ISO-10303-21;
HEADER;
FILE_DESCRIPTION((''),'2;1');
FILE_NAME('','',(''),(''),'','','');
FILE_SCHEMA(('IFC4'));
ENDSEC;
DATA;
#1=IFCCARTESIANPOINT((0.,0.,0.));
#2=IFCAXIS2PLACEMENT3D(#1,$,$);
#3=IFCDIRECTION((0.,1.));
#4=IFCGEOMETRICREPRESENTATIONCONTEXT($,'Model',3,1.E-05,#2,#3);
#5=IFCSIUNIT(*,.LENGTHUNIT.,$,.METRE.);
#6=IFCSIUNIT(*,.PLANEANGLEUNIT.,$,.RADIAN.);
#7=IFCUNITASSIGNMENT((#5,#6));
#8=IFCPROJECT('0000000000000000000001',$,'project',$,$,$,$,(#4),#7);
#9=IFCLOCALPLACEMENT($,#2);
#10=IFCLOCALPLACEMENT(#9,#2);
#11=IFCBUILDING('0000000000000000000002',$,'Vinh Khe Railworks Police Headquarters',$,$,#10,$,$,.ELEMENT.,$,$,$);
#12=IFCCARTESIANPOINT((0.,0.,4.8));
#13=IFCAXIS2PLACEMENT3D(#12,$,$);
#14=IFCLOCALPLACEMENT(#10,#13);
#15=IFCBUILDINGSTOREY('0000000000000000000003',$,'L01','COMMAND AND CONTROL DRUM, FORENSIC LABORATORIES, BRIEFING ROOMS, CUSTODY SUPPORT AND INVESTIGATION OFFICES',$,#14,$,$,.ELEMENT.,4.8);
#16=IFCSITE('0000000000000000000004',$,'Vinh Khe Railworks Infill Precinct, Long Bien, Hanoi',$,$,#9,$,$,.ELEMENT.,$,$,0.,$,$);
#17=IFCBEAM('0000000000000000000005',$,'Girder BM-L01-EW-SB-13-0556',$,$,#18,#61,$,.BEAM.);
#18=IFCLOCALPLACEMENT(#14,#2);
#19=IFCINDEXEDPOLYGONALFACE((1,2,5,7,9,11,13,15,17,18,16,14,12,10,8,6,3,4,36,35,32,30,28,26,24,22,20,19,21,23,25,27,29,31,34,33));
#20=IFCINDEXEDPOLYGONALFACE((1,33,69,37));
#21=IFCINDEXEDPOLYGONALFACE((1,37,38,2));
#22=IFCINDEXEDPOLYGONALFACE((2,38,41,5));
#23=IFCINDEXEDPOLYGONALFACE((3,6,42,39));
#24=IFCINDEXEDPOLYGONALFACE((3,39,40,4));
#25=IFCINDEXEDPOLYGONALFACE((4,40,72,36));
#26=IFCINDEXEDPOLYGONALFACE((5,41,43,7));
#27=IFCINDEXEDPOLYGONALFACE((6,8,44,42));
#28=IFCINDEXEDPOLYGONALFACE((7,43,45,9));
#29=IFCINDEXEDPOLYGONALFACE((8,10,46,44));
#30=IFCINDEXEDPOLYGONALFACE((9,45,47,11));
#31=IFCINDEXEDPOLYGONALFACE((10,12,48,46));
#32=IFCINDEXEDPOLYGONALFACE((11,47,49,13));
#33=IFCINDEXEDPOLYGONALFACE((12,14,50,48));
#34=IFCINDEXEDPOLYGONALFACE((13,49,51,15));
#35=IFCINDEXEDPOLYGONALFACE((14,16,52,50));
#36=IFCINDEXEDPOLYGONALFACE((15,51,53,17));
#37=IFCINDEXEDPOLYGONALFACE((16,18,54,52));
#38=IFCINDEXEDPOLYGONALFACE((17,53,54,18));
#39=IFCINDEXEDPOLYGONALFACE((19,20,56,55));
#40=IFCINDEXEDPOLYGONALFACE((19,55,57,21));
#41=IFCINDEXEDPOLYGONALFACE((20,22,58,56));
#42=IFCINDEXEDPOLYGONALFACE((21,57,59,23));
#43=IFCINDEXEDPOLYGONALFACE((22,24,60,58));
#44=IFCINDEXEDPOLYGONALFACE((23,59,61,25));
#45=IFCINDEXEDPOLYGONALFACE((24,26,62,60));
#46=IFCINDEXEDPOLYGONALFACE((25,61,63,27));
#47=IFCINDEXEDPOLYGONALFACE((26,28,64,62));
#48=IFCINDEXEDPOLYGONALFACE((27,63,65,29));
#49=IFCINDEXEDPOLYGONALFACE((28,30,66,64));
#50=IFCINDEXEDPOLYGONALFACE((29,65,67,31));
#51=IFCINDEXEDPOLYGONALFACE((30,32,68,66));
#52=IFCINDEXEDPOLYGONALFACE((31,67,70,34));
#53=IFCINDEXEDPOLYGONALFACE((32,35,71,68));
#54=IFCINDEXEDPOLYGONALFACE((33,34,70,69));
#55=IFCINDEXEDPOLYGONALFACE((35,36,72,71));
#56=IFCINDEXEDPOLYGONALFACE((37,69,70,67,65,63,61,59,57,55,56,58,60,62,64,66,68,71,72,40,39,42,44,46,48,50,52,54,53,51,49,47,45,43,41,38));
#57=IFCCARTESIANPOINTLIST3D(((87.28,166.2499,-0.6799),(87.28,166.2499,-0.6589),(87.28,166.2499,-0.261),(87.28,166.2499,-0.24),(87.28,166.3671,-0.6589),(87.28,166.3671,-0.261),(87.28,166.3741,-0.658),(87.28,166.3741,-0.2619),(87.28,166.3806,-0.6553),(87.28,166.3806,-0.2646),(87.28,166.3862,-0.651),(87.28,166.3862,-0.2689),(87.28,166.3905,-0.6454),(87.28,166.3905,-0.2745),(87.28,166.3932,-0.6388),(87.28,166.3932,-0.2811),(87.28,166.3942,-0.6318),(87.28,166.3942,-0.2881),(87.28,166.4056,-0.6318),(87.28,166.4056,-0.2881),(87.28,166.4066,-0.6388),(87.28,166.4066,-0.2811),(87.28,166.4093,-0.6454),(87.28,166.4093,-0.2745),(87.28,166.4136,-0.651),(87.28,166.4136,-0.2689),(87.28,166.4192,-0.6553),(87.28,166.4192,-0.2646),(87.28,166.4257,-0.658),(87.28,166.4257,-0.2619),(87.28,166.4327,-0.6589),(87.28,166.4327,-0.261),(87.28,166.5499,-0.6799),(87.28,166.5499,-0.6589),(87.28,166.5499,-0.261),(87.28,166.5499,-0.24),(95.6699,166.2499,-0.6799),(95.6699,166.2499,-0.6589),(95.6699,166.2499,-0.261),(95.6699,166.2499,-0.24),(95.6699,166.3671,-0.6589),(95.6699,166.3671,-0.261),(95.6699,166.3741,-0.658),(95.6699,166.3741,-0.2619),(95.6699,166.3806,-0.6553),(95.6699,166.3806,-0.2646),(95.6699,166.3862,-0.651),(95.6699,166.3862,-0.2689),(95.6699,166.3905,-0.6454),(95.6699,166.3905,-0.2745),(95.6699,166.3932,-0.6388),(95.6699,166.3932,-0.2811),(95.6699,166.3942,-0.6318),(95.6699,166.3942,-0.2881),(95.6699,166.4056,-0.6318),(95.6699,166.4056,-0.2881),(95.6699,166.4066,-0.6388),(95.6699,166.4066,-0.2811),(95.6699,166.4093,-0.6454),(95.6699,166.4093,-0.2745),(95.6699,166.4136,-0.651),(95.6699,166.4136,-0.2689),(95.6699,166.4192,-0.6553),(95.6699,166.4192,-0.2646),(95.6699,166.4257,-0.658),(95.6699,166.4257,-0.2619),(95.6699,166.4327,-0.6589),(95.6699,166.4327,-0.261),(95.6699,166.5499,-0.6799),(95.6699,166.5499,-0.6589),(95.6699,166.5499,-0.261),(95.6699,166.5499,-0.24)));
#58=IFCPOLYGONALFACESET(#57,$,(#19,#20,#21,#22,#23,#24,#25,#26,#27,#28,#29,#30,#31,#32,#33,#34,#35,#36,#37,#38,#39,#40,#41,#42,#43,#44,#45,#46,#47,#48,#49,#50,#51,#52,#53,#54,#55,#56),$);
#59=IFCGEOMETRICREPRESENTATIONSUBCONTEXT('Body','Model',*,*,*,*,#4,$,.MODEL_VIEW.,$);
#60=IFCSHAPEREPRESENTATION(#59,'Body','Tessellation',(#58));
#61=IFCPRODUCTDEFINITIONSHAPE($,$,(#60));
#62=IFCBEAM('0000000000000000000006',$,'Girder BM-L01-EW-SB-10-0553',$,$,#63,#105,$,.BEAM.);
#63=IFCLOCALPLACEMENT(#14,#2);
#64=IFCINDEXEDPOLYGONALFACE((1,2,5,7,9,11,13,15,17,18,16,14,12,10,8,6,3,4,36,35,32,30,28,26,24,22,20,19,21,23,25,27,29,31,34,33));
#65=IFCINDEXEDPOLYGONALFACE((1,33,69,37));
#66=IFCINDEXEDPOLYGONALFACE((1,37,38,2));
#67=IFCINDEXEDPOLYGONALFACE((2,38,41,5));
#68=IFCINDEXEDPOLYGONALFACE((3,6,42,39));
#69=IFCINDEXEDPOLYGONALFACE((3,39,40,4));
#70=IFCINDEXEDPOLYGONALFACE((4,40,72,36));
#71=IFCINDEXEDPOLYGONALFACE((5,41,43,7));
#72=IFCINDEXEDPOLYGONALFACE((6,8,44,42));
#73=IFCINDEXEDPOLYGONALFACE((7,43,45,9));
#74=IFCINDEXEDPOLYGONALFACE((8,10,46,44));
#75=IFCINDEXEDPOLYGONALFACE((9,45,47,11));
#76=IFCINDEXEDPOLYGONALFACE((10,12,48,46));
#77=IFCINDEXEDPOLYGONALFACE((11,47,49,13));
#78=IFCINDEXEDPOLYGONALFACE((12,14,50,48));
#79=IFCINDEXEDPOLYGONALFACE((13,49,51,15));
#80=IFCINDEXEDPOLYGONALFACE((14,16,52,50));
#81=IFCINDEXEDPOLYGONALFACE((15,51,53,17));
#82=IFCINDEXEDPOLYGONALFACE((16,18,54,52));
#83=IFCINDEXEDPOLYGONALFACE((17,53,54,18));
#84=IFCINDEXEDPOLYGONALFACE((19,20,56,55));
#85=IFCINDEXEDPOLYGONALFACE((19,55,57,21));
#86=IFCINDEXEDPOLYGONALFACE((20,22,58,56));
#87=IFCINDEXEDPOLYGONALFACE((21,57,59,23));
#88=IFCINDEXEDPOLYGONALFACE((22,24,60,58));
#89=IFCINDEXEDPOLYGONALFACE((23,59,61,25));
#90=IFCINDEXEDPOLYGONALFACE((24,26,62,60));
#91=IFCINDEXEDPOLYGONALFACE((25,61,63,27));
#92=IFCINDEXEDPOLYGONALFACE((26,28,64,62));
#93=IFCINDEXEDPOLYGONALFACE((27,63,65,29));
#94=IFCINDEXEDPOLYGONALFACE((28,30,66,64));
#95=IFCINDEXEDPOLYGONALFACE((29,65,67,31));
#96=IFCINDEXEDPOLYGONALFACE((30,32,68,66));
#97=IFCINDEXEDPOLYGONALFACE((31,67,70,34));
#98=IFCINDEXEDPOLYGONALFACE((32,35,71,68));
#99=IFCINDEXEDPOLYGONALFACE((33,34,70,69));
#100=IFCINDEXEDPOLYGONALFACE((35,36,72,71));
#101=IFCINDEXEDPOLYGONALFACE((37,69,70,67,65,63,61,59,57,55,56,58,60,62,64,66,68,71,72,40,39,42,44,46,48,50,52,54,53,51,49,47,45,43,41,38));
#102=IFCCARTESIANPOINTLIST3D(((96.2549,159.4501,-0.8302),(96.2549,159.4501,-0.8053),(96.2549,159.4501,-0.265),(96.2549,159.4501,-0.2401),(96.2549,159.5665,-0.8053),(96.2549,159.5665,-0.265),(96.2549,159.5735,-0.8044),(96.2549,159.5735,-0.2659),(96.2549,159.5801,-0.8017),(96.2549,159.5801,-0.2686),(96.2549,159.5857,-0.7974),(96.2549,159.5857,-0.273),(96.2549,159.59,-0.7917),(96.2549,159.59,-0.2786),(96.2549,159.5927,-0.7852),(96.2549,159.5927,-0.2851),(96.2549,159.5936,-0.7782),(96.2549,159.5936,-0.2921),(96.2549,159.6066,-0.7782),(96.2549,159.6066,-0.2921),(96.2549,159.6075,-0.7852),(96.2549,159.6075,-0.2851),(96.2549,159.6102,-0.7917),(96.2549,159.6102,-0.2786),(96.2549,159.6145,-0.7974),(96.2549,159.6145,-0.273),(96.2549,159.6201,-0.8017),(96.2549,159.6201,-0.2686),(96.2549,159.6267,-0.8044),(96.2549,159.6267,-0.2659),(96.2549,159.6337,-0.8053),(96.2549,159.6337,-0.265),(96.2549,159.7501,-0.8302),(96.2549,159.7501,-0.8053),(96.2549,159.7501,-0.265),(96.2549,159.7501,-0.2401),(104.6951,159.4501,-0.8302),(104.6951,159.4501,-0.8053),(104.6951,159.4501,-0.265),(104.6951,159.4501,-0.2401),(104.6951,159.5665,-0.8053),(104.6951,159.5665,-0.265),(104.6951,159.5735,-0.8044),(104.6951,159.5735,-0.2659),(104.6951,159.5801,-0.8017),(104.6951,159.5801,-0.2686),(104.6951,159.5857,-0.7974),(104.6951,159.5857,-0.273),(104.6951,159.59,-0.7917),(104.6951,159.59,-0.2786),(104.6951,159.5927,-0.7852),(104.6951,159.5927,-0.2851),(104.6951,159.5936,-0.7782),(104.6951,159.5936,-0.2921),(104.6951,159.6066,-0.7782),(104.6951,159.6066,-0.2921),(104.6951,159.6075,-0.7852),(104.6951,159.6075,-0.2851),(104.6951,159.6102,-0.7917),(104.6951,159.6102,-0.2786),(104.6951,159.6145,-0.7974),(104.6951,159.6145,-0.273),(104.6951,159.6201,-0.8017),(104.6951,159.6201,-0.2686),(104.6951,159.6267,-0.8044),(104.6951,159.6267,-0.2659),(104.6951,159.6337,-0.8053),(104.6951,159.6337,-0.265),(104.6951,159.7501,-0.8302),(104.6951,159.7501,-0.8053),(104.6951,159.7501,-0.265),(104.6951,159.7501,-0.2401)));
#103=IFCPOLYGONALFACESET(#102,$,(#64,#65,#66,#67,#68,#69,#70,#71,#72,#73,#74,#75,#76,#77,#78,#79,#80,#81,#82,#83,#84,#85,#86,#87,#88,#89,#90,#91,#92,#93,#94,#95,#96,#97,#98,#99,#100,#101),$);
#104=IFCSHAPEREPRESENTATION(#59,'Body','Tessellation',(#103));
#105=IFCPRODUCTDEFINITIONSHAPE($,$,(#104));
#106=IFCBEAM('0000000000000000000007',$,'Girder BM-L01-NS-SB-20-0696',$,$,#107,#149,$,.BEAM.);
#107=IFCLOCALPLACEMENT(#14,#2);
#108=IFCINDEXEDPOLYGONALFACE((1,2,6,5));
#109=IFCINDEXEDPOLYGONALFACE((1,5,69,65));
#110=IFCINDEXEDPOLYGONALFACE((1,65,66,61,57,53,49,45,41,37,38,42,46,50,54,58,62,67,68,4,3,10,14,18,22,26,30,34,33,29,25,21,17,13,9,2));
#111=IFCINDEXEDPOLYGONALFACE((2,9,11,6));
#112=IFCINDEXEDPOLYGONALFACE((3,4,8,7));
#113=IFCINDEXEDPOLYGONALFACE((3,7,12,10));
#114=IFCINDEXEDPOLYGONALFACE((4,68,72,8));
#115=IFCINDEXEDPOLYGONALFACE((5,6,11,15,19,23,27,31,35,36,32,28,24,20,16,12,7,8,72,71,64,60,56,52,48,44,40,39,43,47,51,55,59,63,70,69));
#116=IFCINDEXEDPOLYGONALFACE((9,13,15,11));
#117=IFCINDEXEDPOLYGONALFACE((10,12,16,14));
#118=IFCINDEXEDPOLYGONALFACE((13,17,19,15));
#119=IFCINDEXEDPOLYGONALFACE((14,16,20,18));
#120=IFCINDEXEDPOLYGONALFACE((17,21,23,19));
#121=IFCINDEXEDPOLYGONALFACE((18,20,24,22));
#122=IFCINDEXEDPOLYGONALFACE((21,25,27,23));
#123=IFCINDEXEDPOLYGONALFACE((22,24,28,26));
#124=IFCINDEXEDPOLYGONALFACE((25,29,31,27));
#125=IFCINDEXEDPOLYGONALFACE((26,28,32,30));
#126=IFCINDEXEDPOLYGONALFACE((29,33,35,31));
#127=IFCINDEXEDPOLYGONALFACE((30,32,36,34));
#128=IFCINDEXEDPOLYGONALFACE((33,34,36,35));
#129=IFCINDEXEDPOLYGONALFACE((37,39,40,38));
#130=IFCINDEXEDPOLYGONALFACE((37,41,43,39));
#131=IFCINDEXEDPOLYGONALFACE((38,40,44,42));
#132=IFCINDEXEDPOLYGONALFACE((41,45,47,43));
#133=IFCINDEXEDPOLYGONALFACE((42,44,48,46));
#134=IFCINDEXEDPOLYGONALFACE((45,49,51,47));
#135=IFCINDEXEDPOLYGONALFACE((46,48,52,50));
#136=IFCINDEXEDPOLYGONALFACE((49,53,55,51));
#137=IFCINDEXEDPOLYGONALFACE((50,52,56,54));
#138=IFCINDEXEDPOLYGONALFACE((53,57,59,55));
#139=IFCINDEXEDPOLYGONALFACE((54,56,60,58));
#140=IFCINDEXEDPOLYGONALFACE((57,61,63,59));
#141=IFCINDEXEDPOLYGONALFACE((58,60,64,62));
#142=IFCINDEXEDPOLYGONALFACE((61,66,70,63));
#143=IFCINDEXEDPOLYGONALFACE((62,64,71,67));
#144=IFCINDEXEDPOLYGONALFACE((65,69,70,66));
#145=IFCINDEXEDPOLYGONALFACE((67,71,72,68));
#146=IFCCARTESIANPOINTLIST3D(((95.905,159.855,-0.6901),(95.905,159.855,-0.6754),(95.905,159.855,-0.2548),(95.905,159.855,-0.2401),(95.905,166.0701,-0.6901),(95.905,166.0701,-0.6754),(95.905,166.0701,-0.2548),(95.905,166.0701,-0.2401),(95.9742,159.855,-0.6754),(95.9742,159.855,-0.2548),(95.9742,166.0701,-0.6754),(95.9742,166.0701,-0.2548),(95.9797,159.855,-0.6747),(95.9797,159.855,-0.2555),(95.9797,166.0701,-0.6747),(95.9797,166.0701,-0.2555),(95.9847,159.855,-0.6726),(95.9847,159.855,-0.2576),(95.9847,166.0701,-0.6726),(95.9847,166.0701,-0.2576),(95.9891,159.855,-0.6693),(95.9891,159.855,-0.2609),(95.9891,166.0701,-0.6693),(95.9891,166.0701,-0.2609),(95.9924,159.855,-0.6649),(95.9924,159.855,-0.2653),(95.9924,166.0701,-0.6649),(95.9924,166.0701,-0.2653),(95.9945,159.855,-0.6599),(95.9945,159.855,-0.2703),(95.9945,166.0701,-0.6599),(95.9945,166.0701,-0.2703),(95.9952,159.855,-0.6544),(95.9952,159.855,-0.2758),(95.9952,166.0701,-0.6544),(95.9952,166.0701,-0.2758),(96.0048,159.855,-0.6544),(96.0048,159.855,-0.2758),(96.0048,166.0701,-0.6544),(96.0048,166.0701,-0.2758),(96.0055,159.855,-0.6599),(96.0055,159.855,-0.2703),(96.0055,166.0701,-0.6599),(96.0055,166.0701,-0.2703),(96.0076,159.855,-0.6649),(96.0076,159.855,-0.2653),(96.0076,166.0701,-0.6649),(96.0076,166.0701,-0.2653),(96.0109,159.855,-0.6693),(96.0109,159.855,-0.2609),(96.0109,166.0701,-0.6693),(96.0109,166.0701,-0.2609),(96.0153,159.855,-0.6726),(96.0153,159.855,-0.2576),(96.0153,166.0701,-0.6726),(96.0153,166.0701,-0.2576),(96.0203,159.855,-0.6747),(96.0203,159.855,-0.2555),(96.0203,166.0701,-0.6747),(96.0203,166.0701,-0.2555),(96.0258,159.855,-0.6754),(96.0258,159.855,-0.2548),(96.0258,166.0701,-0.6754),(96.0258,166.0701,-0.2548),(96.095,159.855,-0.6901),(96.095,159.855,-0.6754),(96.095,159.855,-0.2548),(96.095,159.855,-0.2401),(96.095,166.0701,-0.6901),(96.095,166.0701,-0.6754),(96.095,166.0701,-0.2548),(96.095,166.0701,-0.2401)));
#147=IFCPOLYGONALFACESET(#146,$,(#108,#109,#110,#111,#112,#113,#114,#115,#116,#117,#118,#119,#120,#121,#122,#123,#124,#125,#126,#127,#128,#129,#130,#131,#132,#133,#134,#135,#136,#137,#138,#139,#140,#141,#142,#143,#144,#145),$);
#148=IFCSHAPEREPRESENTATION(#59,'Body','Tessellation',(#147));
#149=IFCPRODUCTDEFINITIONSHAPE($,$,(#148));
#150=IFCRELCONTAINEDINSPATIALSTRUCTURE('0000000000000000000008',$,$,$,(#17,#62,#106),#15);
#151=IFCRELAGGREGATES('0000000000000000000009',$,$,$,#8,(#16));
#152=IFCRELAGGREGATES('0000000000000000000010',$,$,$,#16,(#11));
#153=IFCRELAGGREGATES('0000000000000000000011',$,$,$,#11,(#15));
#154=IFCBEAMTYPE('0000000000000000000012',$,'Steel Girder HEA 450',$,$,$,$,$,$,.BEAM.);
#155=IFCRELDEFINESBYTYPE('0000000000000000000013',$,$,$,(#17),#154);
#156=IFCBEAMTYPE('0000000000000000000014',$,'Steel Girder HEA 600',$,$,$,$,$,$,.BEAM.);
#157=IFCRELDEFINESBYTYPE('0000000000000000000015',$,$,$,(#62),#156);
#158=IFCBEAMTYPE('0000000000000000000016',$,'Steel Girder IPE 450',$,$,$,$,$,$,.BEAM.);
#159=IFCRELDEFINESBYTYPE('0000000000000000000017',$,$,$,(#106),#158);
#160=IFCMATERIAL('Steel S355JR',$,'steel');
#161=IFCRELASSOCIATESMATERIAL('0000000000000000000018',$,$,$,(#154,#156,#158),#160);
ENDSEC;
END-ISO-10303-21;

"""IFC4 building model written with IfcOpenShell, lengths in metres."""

from ifc_helpers import new_model, si_unit, direction, frame, origin, origin_2d, place, context, subcontext, project, spatial, i_section, extrude, material, material_profile, profile_set, type_object, element, save


model = new_model("IFC4")

# Units and contexts
model_context = context("Model", 3, precision=1e-05, world=origin(), true_north=direction((0.0, 1.0)))
body_context = subcontext(model_context, "Body", "Model", "MODEL_VIEW")
ifc_project = project(units=[si_unit("LENGTHUNIT", "METRE"), si_unit("PLANEANGLEUNIT", "RADIAN")], contexts=[model_context])

# Site, building, storey
site_placement = place(None, origin())
site = spatial("IfcSite", under=ifc_project, at=site_placement, Name="Vinh Khe Railworks Infill Precinct, Long Bien, Hanoi", CompositionType="ELEMENT", RefElevation=0.0)
building_placement = place(site_placement, origin())
building = spatial("IfcBuilding", under=site, at=building_placement, Name="Vinh Khe Railworks Police Headquarters", CompositionType="ELEMENT")
storey_placement = place(building_placement, frame((0.0, 0.0, 4.8)))
storey = spatial("IfcBuildingStorey", under=building, at=storey_placement, Name="L01", Description="COMMAND AND CONTROL DRUM, FORENSIC LABORATORIES, BRIEFING ROOMS, CUSTODY SUPPORT AND INVESTIGATION OFFICES", CompositionType="ELEMENT", Elevation=4.8)

# Beams
ifc_material_1 = material(Name="Steel S355JR", Category="steel")
ifc_material_profile_1 = material_profile(ifc_material_1, i_section(OverallWidth=0.3, OverallDepth=0.4399, WebThickness=0.0115, FlangeThickness=0.021, FilletRadius=0.0271, at=origin_2d()), Name="HEA 450")
ifc_profile_set_1 = profile_set([ifc_material_profile_1], Name="Steel S355JR")
beam_type_1 = type_object("IfcBeamType", Name="Steel Girder HEA 450", PredefinedType="BEAM", material=ifc_profile_set_1)
beam_1_placement = place(storey_placement, frame((87.28, 166.3999, -0.46), z_axis=(1.0, 0.0, 0.0), x_axis=(0.0, 1.0, 0.0)))
element("IfcBeam", 1, at=beam_1_placement, inside=storey, type_object=beam_type_1, Name="Girder BM-L01-EW-SB-13-0556", PredefinedType="BEAM", context=body_context, shape_type="SweptSolid", body=[
    extrude(i_section(OverallWidth=0.3, OverallDepth=0.4399, WebThickness=0.0115, FlangeThickness=0.021, FilletRadius=0.0271, at=origin_2d()), origin(), (0.0, 0.0, 1.0), 8.3899),
])
ifc_material_profile_2 = material_profile(ifc_material_1, i_section(OverallWidth=0.3, OverallDepth=0.5901, WebThickness=0.0129, FlangeThickness=0.0249, FilletRadius=0.0271, at=origin_2d()), Name="HEA 600")
ifc_profile_set_2 = profile_set([ifc_material_profile_2], Name="Steel S355JR")
beam_type_2 = type_object("IfcBeamType", Name="Steel Girder HEA 600", PredefinedType="BEAM", material=ifc_profile_set_2)
beam_2_placement = place(storey_placement, frame((96.2549, 159.6001, -0.5352), z_axis=(1.0, 0.0, 0.0), x_axis=(0.0, 1.0, 0.0)))
element("IfcBeam", 2, at=beam_2_placement, inside=storey, type_object=beam_type_2, Name="Girder BM-L01-EW-SB-10-0553", PredefinedType="BEAM", context=body_context, shape_type="SweptSolid", body=[
    extrude(i_section(OverallWidth=0.3, OverallDepth=0.5901, WebThickness=0.0129, FlangeThickness=0.0249, FilletRadius=0.0271, at=origin_2d()), origin(), (0.0, 0.0, 1.0), 8.4402),
])
ifc_material_profile_3 = material_profile(ifc_material_1, i_section(OverallWidth=0.1899, OverallDepth=0.45, WebThickness=0.0095, FlangeThickness=0.0146, FilletRadius=0.021, at=origin_2d()), Name="IPE 450")
ifc_profile_set_3 = profile_set([ifc_material_profile_3], Name="Steel S355JR")
beam_type_3 = type_object("IfcBeamType", Name="Steel Girder IPE 450", PredefinedType="BEAM", material=ifc_profile_set_3)
beam_3_placement = place(storey_placement, frame((96.0, 159.855, -0.4651), z_axis=(0.0, 1.0, 0.0), x_axis=(-1.0, 0.0, 0.0)))
element("IfcBeam", 3, at=beam_3_placement, inside=storey, type_object=beam_type_3, Name="Girder BM-L01-NS-SB-20-0696", PredefinedType="BEAM", context=body_context, shape_type="SweptSolid", body=[
    extrude(i_section(OverallWidth=0.1899, OverallDepth=0.45, WebThickness=0.0095, FlangeThickness=0.0146, FilletRadius=0.021, at=origin_2d()), origin(), (0.0, 0.0, 1.0), 6.2151),
])

save(model, "model.ifc")
